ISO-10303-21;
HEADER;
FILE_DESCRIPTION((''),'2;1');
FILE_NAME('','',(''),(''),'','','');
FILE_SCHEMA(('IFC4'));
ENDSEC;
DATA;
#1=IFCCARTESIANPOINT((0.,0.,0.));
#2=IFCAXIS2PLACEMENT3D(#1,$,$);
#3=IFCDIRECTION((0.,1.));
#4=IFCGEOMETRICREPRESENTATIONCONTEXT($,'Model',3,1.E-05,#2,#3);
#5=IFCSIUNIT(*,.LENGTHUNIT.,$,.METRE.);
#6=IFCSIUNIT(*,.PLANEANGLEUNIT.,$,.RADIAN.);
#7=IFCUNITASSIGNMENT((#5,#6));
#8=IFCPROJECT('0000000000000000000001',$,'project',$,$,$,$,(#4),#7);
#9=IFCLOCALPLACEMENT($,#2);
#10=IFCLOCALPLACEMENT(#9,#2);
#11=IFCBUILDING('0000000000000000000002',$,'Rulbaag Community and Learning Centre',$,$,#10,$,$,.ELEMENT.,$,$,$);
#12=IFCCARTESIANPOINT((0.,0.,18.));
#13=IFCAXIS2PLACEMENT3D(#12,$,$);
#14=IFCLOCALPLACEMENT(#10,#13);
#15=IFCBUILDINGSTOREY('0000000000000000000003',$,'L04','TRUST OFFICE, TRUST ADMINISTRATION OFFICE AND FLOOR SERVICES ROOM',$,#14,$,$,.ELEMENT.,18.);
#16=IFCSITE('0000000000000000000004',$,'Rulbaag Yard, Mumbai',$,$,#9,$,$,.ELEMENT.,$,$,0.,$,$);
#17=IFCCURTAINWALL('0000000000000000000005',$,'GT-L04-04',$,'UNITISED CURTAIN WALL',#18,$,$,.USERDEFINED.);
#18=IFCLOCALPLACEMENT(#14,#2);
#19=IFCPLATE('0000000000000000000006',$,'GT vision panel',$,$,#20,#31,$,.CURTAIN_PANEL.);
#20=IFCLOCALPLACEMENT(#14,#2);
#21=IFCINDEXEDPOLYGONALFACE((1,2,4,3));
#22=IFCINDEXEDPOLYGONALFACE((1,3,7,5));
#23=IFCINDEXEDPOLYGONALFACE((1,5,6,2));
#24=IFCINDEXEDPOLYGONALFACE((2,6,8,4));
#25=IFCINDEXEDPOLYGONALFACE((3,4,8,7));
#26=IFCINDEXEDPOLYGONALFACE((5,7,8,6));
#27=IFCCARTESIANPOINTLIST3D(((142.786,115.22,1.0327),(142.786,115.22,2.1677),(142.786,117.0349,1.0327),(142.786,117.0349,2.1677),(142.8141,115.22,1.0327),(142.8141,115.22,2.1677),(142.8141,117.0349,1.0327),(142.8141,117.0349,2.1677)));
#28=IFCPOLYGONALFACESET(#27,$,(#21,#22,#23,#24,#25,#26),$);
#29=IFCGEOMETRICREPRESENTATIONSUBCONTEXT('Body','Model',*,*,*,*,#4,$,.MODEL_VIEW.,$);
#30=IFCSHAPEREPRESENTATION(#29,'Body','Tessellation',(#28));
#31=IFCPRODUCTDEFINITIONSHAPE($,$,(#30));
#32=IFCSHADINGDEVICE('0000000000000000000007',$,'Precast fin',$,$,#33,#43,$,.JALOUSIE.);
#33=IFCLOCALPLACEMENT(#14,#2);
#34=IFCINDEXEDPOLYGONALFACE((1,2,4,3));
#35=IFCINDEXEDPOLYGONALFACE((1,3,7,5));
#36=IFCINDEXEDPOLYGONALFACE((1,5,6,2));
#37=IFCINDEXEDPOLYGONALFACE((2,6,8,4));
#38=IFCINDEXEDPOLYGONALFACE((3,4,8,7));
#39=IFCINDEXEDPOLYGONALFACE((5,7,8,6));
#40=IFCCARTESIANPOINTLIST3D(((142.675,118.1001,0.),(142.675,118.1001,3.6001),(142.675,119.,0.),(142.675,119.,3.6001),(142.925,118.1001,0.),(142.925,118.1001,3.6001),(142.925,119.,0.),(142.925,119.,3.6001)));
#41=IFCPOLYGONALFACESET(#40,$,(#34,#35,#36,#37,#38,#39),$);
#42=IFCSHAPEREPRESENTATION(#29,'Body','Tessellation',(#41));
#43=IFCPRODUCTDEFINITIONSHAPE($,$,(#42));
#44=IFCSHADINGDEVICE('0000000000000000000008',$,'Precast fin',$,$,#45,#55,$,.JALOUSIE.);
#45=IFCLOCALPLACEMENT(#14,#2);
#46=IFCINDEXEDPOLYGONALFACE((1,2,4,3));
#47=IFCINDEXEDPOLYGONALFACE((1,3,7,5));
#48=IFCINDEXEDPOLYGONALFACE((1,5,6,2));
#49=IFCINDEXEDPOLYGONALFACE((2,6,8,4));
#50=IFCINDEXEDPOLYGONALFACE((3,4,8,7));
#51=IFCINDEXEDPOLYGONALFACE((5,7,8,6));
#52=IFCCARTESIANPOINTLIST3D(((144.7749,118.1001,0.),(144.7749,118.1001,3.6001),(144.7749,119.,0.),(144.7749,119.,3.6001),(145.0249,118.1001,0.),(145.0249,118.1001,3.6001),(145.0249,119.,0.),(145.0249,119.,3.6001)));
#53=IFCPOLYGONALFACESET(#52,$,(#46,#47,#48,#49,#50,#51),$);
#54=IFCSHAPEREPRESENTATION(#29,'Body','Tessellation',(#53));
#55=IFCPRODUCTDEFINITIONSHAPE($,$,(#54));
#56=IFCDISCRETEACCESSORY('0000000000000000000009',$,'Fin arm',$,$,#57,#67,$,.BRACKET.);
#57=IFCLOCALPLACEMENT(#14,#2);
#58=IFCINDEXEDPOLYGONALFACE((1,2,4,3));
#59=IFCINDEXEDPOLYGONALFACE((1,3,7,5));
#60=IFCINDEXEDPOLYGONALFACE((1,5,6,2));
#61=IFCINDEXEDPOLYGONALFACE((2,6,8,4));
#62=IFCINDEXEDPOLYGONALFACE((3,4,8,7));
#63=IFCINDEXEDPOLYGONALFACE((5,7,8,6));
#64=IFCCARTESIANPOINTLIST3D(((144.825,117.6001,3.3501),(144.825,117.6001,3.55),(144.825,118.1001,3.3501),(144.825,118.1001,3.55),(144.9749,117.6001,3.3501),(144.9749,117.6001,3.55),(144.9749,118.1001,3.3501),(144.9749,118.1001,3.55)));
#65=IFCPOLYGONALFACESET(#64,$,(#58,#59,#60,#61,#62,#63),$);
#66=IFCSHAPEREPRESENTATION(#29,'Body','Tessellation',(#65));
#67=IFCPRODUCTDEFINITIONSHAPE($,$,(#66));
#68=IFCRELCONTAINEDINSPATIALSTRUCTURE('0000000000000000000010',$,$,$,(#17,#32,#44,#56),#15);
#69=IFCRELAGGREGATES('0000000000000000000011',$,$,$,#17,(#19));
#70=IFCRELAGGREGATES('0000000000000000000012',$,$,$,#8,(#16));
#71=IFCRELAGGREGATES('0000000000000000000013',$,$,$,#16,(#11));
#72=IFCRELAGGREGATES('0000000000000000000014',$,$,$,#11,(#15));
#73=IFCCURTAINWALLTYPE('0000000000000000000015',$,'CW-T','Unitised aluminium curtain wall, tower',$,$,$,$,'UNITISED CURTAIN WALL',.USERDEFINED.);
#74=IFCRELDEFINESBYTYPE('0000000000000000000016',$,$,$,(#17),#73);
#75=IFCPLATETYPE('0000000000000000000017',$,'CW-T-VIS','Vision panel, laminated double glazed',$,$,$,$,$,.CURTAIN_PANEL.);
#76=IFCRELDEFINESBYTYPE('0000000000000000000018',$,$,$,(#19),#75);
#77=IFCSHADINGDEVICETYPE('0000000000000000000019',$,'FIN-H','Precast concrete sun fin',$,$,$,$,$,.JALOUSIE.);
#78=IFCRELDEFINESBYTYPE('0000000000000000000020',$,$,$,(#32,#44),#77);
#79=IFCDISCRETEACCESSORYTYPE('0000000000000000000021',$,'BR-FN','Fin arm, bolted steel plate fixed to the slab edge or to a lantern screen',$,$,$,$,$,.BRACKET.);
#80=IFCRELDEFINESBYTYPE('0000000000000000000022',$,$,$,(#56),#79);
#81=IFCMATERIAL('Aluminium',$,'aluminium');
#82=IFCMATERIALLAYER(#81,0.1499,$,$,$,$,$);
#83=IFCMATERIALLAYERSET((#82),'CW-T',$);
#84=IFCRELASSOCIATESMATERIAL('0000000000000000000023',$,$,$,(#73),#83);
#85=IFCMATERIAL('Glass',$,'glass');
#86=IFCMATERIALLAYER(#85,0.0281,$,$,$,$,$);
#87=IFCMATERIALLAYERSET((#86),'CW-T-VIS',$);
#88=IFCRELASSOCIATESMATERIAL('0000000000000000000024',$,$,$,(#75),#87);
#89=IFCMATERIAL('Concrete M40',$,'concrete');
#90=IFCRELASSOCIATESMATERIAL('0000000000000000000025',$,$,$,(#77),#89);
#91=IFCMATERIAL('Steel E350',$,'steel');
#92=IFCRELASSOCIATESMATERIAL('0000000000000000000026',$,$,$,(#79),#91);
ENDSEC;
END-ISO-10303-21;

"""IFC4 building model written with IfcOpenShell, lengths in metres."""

from ifc_helpers import new_model, si_unit, direction, frame, origin, origin_2d, place, context, subcontext, project, spatial, rectangle, extrude, material, layer, layer_set, material_profile, profile_set, type_object, element, aggregate, save


model = new_model("IFC4")

# Units and contexts
model_context = context("Model", 3, precision=1e-05, world=origin(), true_north=direction((0.0, 1.0)))
body_context = subcontext(model_context, "Body", "Model", "MODEL_VIEW")
ifc_project = project(units=[si_unit("LENGTHUNIT", "METRE"), si_unit("PLANEANGLEUNIT", "RADIAN")], contexts=[model_context])

# Site, building, storey
site_placement = place(None, origin())
site = spatial("IfcSite", under=ifc_project, at=site_placement, Name="Rulbaag Yard, Mumbai", CompositionType="ELEMENT", RefElevation=0.0)
building_placement = place(site_placement, origin())
building = spatial("IfcBuilding", under=site, at=building_placement, Name="Rulbaag Community and Learning Centre", CompositionType="ELEMENT")
storey_placement = place(building_placement, frame((0.0, 0.0, 18.0)))
storey = spatial("IfcBuildingStorey", under=building, at=storey_placement, Name="L04", Description="TRUST OFFICE, TRUST ADMINISTRATION OFFICE AND FLOOR SERVICES ROOM", CompositionType="ELEMENT", Elevation=18.0)

# Shared definitions
ifc_material_1 = material(Name="Concrete M40", Category="concrete")

# Curtain wall
ifc_material_2 = material(Name="Aluminium", Category="aluminium")
ifc_layer_1 = layer(ifc_material_2, 0.1499)
ifc_layer_set_1 = layer_set([ifc_layer_1], Name="CW-T")
curtain_wall_type = type_object("IfcCurtainWallType", Name="CW-T", Description="Unitised aluminium curtain wall, tower", ElementType="UNITISED CURTAIN WALL", PredefinedType="USERDEFINED", material=ifc_layer_set_1)
curtain_wall_1_placement = place(storey_placement, origin())
curtain_wall_1 = element("IfcCurtainWall", 1, at=curtain_wall_1_placement, inside=storey, type_object=curtain_wall_type, Name="GT-L04-04", ObjectType="UNITISED CURTAIN WALL", PredefinedType="USERDEFINED")

# Plate
ifc_material_3 = material(Name="Glass", Category="glass")
ifc_layer_2 = layer(ifc_material_3, 0.0281)
ifc_layer_set_2 = layer_set([ifc_layer_2], Name="CW-T-VIS")
plate_type_1 = type_object("IfcPlateType", Name="CW-T-VIS", Description="Vision panel, laminated double glazed", PredefinedType="CURTAIN_PANEL", material=ifc_layer_set_2)
plate_1_placement = place(storey_placement, frame((142.8, 116.1274, 1.0327), z_axis=(0.0, 0.0, 1.0), x_axis=(0.0, 1.0, 0.0)))
plate_1 = element("IfcPlate", 2, at=plate_1_placement, type_object=plate_type_1, Name="GT vision panel", PredefinedType="CURTAIN_PANEL", context=body_context, shape_type="SweptSolid", body=[
    extrude(rectangle(XDim=1.8149, YDim=0.0281, at=origin_2d()), origin(), (0.0, 0.0, 1.0), 1.135),
])
aggregate(curtain_wall_1, [plate_1])

# Shading devices
ifc_material_profile_1 = material_profile(ifc_material_1, rectangle(XDim=0.25, YDim=0.8999, at=origin_2d()), Name="PC 250x900")
ifc_profile_set_1 = profile_set([ifc_material_profile_1], Name="Concrete M40")
shading_device_type = type_object("IfcShadingDeviceType", Name="FIN-H", Description="Precast concrete sun fin", PredefinedType="JALOUSIE", material=ifc_profile_set_1)
for number, where, z_axis, x_axis, name in (
    (3, (142.8, 118.55, 0.0), (0.0, 0.0, 1.0), (1.0, 0.0, 0.0), "Precast fin"),
    (4, (144.8999, 118.55, 0.0), (0.0, 0.0, 1.0), (1.0, 0.0, 0.0), "Precast fin"),
):
    element("IfcShadingDevice", number, at=place(storey_placement, frame(where, z_axis=z_axis, x_axis=x_axis)), inside=storey, type_object=shading_device_type, Name=name, PredefinedType="JALOUSIE", context=body_context, shape_type="SweptSolid", body=[
        extrude(rectangle(XDim=0.25, YDim=0.8999, at=origin_2d()), origin(), (0.0, 0.0, 1.0), 3.6001),
    ])

# Discrete accessory
ifc_material_4 = material(Name="Steel E350", Category="steel")
discrete_accessory_type = type_object("IfcDiscreteAccessoryType", Name="BR-FN", Description="Fin arm, bolted steel plate fixed to the slab edge or to a lantern screen", PredefinedType="BRACKET", material=ifc_material_4)
discrete_accessory_placement = place(storey_placement, frame((144.8999, 117.8501, 3.3501), z_axis=(0.0, 0.0, 1.0), x_axis=(1.0, 0.0, 0.0)))
element("IfcDiscreteAccessory", 5, at=discrete_accessory_placement, inside=storey, type_object=discrete_accessory_type, Name="Fin arm", PredefinedType="BRACKET", context=body_context, shape_type="SweptSolid", body=[
    extrude(rectangle(XDim=0.1499, YDim=0.5, at=origin_2d()), origin(), (0.0, 0.0, 1.0), 0.2),
])

save(model, "model.ifc")
